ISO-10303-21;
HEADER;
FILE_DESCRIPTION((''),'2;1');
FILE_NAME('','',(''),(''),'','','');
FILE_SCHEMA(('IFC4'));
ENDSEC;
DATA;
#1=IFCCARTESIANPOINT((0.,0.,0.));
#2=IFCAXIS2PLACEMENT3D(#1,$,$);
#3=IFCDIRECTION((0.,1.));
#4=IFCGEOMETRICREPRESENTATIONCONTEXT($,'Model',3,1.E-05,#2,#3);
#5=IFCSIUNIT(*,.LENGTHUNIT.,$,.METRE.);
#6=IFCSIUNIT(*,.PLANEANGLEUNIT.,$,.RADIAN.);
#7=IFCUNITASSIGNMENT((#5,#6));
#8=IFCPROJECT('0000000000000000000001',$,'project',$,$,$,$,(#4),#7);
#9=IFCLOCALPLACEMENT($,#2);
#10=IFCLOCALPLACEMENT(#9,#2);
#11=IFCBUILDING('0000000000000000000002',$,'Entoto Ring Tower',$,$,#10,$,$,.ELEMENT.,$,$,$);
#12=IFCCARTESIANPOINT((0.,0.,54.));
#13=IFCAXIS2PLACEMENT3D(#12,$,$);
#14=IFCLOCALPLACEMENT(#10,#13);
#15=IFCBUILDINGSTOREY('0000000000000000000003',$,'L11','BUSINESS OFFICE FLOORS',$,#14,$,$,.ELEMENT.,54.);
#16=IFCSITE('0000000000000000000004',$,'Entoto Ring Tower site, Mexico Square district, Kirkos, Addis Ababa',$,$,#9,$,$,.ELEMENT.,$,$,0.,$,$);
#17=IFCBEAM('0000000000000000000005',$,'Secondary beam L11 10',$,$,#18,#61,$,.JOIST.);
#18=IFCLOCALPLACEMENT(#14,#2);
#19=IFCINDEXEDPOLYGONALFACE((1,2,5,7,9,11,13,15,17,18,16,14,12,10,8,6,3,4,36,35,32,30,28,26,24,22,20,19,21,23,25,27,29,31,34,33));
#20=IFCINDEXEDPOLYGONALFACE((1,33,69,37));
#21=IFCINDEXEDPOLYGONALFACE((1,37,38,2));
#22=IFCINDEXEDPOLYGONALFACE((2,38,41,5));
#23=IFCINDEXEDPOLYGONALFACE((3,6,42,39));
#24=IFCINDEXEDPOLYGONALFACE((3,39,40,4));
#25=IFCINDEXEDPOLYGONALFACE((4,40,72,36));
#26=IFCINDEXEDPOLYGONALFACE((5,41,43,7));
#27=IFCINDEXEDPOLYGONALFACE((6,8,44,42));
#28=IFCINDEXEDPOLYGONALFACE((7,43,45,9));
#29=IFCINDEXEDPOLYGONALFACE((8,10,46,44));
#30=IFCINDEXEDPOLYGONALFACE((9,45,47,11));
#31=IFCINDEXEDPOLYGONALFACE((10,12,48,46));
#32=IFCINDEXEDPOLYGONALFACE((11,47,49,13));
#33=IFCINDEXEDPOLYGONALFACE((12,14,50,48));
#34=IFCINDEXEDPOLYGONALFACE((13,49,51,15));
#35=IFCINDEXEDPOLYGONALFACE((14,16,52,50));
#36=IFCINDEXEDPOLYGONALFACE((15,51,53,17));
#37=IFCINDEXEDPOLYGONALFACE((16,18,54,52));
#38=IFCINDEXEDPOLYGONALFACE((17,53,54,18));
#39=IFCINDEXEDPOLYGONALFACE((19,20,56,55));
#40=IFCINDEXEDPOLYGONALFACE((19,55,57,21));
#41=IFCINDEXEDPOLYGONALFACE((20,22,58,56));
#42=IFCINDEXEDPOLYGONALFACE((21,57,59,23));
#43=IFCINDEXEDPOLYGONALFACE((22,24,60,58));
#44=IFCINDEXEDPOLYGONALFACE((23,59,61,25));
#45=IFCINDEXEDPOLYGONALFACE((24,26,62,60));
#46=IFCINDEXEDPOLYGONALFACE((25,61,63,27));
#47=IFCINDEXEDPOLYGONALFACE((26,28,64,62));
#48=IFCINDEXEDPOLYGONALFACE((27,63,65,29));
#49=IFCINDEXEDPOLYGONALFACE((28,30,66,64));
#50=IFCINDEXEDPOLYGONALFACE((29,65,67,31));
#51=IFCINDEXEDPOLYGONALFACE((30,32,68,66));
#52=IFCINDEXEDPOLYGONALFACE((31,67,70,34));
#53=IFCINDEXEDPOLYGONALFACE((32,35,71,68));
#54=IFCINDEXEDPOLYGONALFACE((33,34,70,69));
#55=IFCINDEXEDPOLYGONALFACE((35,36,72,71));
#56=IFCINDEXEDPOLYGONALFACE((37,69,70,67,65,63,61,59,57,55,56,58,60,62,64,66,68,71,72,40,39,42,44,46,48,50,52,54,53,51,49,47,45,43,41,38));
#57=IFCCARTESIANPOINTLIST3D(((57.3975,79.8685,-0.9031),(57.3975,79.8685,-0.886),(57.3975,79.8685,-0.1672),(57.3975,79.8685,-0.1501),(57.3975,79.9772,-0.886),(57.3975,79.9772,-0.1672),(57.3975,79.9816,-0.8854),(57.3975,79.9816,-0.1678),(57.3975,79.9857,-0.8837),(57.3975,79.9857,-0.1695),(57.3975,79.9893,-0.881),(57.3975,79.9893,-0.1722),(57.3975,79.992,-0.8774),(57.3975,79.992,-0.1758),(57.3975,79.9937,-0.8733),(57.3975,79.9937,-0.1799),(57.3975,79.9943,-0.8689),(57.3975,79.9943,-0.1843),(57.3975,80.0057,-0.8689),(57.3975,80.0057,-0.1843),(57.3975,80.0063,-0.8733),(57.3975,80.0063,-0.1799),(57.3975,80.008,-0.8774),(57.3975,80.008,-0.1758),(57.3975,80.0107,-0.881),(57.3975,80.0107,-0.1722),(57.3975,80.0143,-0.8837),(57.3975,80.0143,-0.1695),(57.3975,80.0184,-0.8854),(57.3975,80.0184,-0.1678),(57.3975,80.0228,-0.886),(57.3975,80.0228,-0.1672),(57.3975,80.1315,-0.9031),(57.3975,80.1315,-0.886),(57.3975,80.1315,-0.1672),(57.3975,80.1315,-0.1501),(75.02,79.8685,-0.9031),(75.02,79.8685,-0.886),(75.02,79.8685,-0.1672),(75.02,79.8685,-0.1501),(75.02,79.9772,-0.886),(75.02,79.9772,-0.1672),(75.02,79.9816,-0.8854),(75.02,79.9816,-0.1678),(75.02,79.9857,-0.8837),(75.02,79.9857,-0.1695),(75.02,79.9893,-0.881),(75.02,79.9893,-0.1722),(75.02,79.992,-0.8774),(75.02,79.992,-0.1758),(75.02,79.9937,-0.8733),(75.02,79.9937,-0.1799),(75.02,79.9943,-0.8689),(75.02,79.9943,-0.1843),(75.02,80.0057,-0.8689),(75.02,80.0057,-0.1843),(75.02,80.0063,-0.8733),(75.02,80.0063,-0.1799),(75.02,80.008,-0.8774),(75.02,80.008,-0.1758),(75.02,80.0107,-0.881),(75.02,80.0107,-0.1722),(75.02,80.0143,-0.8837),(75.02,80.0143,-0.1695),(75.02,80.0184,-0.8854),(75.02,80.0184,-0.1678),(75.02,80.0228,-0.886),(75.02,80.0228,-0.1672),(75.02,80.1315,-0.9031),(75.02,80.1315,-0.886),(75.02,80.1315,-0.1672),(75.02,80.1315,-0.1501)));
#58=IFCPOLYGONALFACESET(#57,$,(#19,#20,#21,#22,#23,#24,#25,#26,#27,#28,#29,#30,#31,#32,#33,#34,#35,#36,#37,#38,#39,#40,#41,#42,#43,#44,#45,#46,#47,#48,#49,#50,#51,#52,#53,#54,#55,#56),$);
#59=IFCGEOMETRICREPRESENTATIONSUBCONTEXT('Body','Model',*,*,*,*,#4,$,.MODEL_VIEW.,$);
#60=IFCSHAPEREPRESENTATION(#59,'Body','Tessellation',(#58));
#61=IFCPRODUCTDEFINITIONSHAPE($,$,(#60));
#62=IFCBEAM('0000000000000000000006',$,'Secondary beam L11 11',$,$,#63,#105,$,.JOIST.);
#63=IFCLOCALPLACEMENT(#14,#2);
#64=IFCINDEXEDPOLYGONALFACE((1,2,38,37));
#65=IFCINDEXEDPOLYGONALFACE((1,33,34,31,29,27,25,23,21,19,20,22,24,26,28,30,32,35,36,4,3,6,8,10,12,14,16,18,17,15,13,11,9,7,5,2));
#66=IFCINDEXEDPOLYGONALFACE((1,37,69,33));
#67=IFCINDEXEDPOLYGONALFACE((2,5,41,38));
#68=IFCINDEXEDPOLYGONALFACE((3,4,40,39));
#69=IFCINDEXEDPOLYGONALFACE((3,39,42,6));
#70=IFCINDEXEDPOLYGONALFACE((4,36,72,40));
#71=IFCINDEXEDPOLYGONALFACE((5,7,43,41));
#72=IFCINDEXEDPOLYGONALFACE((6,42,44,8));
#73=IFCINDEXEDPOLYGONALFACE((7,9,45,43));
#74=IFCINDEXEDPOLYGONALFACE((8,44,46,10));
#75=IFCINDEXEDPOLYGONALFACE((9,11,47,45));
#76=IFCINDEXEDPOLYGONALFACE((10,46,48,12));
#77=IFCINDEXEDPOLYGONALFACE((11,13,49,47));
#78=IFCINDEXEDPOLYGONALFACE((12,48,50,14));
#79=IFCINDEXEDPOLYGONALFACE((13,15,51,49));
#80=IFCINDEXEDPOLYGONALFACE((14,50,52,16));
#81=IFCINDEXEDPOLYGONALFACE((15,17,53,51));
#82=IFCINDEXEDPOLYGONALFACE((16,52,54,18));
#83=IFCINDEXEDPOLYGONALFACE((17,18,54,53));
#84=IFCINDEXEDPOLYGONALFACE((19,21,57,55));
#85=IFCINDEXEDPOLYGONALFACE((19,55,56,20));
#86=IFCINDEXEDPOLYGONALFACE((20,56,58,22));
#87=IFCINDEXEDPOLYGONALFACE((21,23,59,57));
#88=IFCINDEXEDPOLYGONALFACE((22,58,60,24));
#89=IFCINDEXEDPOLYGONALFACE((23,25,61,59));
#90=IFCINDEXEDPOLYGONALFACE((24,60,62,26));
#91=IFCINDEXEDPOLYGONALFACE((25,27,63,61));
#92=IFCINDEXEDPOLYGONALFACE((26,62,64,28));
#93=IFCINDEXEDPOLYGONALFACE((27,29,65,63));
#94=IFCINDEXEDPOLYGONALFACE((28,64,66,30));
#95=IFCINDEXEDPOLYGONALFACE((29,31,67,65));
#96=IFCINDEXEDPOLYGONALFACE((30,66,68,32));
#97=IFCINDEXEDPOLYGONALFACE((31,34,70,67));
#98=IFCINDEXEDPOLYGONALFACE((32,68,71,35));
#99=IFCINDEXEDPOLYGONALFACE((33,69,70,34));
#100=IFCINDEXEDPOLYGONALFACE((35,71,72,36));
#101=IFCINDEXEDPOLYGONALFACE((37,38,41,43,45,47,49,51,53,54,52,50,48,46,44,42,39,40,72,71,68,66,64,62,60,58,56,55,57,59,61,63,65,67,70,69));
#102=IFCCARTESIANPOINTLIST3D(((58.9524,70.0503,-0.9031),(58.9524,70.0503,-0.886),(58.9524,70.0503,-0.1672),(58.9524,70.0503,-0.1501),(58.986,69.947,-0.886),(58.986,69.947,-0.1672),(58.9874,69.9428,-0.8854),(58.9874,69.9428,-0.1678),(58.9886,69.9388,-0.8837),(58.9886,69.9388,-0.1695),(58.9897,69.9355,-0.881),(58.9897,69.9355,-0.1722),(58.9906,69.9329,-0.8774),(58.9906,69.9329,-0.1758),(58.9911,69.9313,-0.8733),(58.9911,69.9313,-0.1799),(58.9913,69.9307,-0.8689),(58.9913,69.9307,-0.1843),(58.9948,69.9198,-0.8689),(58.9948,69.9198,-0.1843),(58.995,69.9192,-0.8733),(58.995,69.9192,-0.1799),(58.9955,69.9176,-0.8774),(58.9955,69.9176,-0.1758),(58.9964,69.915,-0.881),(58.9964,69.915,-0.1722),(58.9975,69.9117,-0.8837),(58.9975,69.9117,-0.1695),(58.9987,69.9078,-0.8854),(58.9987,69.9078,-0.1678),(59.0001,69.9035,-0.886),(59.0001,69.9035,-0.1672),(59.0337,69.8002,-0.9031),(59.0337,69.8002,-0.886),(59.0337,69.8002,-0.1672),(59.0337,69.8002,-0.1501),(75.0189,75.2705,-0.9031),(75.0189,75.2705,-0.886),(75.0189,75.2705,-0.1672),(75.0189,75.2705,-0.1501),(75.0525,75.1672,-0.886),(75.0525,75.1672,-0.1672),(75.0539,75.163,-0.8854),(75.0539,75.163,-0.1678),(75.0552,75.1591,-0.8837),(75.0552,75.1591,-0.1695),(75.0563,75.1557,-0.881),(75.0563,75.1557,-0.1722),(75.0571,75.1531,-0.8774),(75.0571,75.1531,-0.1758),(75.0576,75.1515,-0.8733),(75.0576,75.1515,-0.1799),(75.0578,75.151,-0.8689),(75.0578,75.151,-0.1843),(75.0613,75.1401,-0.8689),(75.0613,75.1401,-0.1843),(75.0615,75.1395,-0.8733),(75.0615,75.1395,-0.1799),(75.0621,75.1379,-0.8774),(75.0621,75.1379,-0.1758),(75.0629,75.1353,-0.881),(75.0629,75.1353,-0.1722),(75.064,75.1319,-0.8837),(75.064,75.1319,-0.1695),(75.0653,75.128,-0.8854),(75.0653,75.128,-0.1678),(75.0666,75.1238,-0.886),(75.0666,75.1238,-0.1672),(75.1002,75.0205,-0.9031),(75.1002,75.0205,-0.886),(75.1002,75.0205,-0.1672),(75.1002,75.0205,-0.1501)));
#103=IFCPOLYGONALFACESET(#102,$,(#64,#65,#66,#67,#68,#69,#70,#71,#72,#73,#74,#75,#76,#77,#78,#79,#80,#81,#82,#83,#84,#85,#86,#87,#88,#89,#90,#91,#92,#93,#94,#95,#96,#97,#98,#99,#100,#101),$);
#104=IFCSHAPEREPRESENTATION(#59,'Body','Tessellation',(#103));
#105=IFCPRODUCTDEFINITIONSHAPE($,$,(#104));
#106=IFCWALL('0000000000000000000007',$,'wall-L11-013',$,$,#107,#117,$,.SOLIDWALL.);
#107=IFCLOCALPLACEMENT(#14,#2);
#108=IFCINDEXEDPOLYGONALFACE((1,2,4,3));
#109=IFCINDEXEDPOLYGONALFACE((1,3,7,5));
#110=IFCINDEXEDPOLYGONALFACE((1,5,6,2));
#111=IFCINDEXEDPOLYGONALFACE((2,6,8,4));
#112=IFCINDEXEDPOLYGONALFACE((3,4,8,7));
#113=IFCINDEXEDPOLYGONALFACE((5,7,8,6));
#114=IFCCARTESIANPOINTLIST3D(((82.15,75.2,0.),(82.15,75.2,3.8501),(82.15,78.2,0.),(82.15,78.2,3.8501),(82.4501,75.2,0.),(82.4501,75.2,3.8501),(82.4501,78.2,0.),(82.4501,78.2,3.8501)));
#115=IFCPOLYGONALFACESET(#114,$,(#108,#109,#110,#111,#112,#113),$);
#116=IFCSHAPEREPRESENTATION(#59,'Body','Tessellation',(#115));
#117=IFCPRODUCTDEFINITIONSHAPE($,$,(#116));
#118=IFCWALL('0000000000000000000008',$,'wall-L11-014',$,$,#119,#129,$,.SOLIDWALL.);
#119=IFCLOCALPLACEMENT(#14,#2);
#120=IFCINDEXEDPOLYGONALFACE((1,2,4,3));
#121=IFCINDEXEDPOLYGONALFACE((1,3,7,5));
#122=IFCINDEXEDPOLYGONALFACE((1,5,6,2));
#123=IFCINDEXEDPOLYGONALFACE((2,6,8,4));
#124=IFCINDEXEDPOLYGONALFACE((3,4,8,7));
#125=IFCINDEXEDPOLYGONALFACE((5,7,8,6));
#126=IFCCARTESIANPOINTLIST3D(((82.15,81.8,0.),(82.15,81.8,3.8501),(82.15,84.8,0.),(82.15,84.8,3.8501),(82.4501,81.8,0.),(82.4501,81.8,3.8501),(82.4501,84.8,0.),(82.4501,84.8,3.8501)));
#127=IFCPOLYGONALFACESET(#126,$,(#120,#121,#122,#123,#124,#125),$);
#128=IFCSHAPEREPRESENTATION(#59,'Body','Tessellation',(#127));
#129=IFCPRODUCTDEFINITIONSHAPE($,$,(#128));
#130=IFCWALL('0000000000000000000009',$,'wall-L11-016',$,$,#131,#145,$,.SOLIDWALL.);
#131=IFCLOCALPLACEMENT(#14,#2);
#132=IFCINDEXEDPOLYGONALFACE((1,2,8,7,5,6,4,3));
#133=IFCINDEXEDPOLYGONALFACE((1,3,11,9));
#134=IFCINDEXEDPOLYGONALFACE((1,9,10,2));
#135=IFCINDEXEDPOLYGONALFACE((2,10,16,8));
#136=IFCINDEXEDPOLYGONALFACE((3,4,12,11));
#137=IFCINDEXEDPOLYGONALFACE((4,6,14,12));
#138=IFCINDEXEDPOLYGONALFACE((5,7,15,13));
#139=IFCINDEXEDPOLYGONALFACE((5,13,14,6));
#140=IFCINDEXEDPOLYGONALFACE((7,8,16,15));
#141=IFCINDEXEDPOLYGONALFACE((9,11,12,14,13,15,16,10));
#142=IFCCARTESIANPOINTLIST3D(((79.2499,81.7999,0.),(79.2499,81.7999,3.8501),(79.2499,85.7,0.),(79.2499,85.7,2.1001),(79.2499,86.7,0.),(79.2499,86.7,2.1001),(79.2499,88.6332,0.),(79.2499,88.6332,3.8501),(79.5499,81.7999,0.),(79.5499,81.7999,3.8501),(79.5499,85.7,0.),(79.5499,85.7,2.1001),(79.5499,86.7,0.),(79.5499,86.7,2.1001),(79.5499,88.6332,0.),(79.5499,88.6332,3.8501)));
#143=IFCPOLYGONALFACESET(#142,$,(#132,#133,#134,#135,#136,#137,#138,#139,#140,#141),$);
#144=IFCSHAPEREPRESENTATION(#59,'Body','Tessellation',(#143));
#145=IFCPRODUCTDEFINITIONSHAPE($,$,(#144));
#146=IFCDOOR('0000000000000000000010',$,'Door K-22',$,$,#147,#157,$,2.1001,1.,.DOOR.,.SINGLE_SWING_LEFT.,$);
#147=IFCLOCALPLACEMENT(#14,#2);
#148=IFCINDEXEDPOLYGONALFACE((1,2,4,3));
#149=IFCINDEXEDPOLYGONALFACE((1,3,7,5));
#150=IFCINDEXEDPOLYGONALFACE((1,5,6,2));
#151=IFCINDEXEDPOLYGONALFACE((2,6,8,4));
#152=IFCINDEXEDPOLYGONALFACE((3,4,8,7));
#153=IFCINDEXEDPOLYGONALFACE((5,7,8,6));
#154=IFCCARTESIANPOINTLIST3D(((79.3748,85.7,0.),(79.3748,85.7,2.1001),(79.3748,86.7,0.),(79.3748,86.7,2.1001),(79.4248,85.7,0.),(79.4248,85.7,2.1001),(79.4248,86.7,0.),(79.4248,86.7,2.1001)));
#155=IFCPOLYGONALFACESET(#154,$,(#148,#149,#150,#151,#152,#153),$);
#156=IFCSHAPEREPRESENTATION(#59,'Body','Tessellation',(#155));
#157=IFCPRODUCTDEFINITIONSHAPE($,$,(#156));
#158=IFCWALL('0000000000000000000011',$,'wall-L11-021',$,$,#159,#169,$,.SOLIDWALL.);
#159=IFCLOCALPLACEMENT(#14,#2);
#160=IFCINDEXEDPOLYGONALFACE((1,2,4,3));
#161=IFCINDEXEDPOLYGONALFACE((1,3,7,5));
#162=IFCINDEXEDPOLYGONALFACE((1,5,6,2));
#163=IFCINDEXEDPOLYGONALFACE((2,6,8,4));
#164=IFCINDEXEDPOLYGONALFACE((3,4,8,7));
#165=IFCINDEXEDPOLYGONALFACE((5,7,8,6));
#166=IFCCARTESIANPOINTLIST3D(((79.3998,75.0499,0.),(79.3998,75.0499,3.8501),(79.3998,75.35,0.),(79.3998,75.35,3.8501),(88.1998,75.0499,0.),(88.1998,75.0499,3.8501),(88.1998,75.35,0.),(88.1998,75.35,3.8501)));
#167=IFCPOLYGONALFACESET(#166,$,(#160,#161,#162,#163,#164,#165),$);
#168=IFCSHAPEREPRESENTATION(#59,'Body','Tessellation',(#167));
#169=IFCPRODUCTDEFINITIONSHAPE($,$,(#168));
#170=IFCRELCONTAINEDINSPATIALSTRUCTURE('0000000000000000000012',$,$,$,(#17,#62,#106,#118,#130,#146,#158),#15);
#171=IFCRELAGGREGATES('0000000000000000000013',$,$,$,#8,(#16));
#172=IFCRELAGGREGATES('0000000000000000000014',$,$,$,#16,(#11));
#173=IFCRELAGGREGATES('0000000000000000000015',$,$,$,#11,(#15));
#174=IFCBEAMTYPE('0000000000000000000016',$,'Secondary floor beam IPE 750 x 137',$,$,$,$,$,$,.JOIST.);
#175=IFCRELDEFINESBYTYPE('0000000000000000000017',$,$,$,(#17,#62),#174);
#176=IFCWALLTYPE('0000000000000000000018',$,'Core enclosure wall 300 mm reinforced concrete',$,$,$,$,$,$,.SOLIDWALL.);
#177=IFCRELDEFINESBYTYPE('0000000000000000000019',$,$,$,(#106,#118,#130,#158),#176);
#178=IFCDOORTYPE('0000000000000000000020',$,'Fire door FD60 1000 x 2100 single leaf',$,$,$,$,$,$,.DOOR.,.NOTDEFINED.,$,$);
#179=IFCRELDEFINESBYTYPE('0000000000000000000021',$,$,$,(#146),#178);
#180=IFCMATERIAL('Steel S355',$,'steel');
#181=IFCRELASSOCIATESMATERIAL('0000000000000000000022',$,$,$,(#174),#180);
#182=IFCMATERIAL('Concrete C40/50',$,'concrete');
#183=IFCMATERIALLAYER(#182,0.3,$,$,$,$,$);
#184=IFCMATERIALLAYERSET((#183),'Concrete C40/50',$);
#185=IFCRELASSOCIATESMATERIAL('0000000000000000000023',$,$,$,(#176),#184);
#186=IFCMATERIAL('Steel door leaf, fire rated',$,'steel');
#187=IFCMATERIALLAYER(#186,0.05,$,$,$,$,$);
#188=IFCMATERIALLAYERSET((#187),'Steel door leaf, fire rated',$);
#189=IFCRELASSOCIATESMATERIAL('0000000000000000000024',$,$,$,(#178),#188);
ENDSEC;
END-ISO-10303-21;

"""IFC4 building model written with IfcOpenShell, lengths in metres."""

from ifc_helpers import new_model, si_unit, direction, frame, frame_2d, origin, origin_2d, place, context, subcontext, project, spatial, rectangle, i_section, extrude, material, layer, layer_set, material_profile, profile_set, type_object, element, fill, save


model = new_model("IFC4")

# Units and contexts
model_context = context("Model", 3, precision=1e-05, world=origin(), true_north=direction((0.0, 1.0)))
body_context = subcontext(model_context, "Body", "Model", "MODEL_VIEW")
ifc_project = project(units=[si_unit("LENGTHUNIT", "METRE"), si_unit("PLANEANGLEUNIT", "RADIAN")], contexts=[model_context])

# Site, building, storey
site_placement = place(None, origin())
site = spatial("IfcSite", under=ifc_project, at=site_placement, Name="Entoto Ring Tower site, Mexico Square district, Kirkos, Addis Ababa", CompositionType="ELEMENT", RefElevation=0.0)
building_placement = place(site_placement, origin())
building = spatial("IfcBuilding", under=site, at=building_placement, Name="Entoto Ring Tower", CompositionType="ELEMENT")
storey_placement = place(building_placement, frame((0.0, 0.0, 54.0)))
storey = spatial("IfcBuildingStorey", under=building, at=storey_placement, Name="L11", Description="BUSINESS OFFICE FLOORS", CompositionType="ELEMENT", Elevation=54.0)

# Beams
ifc_material_1 = material(Name="Steel S355", Category="steel")
ifc_material_profile_1 = material_profile(ifc_material_1, i_section(OverallWidth=0.2629, OverallDepth=0.7529, WebThickness=0.0115, FlangeThickness=0.0171, FilletRadius=0.0171, at=origin_2d()), Name="IPE 750 x 137")
ifc_profile_set_1 = profile_set([ifc_material_profile_1], Name="Steel S355")
beam_type_1 = type_object("IfcBeamType", Name="Secondary floor beam IPE 750 x 137", PredefinedType="JOIST", material=ifc_profile_set_1)
beam_1_placement = place(storey_placement, frame((75.02, 80.0, -0.5266), z_axis=(-1.0, 0.0, 0.0), x_axis=(0.0, -1.0, 0.0)))
element("IfcBeam", 1, at=beam_1_placement, inside=storey, type_object=beam_type_1, Name="Secondary beam L11 10", PredefinedType="JOIST", context=body_context, shape_type="SweptSolid", body=[
    extrude(i_section(OverallWidth=0.2629, OverallDepth=0.7529, WebThickness=0.0115, FlangeThickness=0.0171, FilletRadius=0.0171, at=origin_2d()), origin(), (0.0, 0.0, 1.0), 17.6226),
])
beam_2_placement = place(storey_placement, frame((75.0596, 75.1455, -0.5266), z_axis=(-0.951058, -0.309013, 0.0), x_axis=(0.309013, -0.951058, 0.0)))
element("IfcBeam", 2, at=beam_2_placement, inside=storey, type_object=beam_type_1, Name="Secondary beam L11 11", PredefinedType="JOIST", context=body_context, shape_type="SweptSolid", body=[
    extrude(i_section(OverallWidth=0.2629, OverallDepth=0.7529, WebThickness=0.0115, FlangeThickness=0.0171, FilletRadius=0.0171, at=origin_2d()), origin(), (0.0, 0.0, 1.0), 16.8933),
])

# Walls
ifc_material_2 = material(Name="Concrete C40/50", Category="concrete")
ifc_layer_1 = layer(ifc_material_2, 0.3)
ifc_layer_set_1 = layer_set([ifc_layer_1], Name="Concrete C40/50")
wall_type_1 = type_object("IfcWallType", Name="Core enclosure wall 300 mm reinforced concrete", PredefinedType="SOLIDWALL", material=ifc_layer_set_1)
for number, where, z_axis, x_axis, name in (
    (3, (82.3, 75.2, 0.0), (0.0, 0.0, 1.0), (0.0, 1.0, 0.0), "wall-L11-013"),
    (4, (82.3, 81.8, 0.0), (0.0, 0.0, 1.0), (0.0, 1.0, 0.0), "wall-L11-014"),
):
    element("IfcWall", number, at=place(storey_placement, frame(where, z_axis=z_axis, x_axis=x_axis)), inside=storey, type_object=wall_type_1, Name=name, PredefinedType="SOLIDWALL", context=body_context, shape_type="SweptSolid", body=[
        extrude(rectangle(XDim=3.0, YDim=0.3, at=frame_2d((1.5, 0.0))), origin(), (0.0, 0.0, 1.0), 3.8501),
    ])

# Wall, opening, door
wall_1_placement = place(storey_placement, frame((79.3999, 81.8, 0.0), z_axis=(0.0, 0.0, 1.0), x_axis=(0.0, 1.0, 0.0)))
wall_1 = element("IfcWall", 5, at=wall_1_placement, inside=storey, type_object=wall_type_1, Name="wall-L11-016", PredefinedType="SOLIDWALL", context=body_context, shape_type="SweptSolid", body=[
    extrude(rectangle(XDim=6.8333, YDim=0.3, at=frame_2d((3.4165, 0.0))), origin(), (0.0, 0.0, 1.0), 3.8501),
])
opening_1_placement = place(wall_1_placement, frame((3.8999, 0.0, 0.0)))
opening_1 = element("IfcOpeningElement", 6, at=opening_1_placement, cuts=wall_1, PredefinedType="OPENING", context=body_context, shape_type="SweptSolid", body=[
    extrude(rectangle(XDim=1.0, YDim=2.1001, at=frame_2d((0.5, 1.05))), frame((0.0, 0.1602, 0.0), z_axis=(0.0, -1.0, 0.0), x_axis=(1.0, 0.0, 0.0)), (0.0, 0.0, 1.0), 0.3201),
])
ifc_material_3 = material(Name="Steel door leaf, fire rated", Category="steel")
ifc_layer_2 = layer(ifc_material_3, 0.05)
ifc_layer_set_2 = layer_set([ifc_layer_2], Name="Steel door leaf, fire rated")
door_type_1 = type_object("IfcDoorType", Name="Fire door FD60 1000 x 2100 single leaf", OperationType="NOTDEFINED", PredefinedType="DOOR", material=ifc_layer_set_2)
door_1_placement = place(opening_1_placement, frame((1.0, 0.0, 0.0), z_axis=(0.0, 0.0, 1.0), x_axis=(-1.0, 0.0, 0.0)))
door_1 = element("IfcDoor", 7, at=door_1_placement, inside=storey, type_object=door_type_1, Name="Door K-22", OperationType="SINGLE_SWING_LEFT", OverallHeight=2.1001, OverallWidth=1.0, PredefinedType="DOOR", context=body_context, shape_type="SweptSolid", body=[
    extrude(rectangle(XDim=1.0, YDim=2.1001, at=frame_2d((0.5, 1.05))), frame((0.0, 0.0249, 0.0), z_axis=(0.0, -1.0, 0.0), x_axis=(1.0, 0.0, 0.0)), (0.0, 0.0, 1.0), 0.05),
])
fill(opening_1, door_1)

# Wall
wall_2_placement = place(storey_placement, frame((79.3999, 75.2, 0.0), z_axis=(0.0, 0.0, 1.0), x_axis=(1.0, 0.0, 0.0)))
element("IfcWall", 8, at=wall_2_placement, inside=storey, type_object=wall_type_1, Name="wall-L11-021", PredefinedType="SOLIDWALL", context=body_context, shape_type="SweptSolid", body=[
    extrude(rectangle(XDim=8.8, YDim=0.3, at=frame_2d((4.3999, 0.0))), origin(), (0.0, 0.0, 1.0), 3.8501),
])

save(model, "model.ifc")
